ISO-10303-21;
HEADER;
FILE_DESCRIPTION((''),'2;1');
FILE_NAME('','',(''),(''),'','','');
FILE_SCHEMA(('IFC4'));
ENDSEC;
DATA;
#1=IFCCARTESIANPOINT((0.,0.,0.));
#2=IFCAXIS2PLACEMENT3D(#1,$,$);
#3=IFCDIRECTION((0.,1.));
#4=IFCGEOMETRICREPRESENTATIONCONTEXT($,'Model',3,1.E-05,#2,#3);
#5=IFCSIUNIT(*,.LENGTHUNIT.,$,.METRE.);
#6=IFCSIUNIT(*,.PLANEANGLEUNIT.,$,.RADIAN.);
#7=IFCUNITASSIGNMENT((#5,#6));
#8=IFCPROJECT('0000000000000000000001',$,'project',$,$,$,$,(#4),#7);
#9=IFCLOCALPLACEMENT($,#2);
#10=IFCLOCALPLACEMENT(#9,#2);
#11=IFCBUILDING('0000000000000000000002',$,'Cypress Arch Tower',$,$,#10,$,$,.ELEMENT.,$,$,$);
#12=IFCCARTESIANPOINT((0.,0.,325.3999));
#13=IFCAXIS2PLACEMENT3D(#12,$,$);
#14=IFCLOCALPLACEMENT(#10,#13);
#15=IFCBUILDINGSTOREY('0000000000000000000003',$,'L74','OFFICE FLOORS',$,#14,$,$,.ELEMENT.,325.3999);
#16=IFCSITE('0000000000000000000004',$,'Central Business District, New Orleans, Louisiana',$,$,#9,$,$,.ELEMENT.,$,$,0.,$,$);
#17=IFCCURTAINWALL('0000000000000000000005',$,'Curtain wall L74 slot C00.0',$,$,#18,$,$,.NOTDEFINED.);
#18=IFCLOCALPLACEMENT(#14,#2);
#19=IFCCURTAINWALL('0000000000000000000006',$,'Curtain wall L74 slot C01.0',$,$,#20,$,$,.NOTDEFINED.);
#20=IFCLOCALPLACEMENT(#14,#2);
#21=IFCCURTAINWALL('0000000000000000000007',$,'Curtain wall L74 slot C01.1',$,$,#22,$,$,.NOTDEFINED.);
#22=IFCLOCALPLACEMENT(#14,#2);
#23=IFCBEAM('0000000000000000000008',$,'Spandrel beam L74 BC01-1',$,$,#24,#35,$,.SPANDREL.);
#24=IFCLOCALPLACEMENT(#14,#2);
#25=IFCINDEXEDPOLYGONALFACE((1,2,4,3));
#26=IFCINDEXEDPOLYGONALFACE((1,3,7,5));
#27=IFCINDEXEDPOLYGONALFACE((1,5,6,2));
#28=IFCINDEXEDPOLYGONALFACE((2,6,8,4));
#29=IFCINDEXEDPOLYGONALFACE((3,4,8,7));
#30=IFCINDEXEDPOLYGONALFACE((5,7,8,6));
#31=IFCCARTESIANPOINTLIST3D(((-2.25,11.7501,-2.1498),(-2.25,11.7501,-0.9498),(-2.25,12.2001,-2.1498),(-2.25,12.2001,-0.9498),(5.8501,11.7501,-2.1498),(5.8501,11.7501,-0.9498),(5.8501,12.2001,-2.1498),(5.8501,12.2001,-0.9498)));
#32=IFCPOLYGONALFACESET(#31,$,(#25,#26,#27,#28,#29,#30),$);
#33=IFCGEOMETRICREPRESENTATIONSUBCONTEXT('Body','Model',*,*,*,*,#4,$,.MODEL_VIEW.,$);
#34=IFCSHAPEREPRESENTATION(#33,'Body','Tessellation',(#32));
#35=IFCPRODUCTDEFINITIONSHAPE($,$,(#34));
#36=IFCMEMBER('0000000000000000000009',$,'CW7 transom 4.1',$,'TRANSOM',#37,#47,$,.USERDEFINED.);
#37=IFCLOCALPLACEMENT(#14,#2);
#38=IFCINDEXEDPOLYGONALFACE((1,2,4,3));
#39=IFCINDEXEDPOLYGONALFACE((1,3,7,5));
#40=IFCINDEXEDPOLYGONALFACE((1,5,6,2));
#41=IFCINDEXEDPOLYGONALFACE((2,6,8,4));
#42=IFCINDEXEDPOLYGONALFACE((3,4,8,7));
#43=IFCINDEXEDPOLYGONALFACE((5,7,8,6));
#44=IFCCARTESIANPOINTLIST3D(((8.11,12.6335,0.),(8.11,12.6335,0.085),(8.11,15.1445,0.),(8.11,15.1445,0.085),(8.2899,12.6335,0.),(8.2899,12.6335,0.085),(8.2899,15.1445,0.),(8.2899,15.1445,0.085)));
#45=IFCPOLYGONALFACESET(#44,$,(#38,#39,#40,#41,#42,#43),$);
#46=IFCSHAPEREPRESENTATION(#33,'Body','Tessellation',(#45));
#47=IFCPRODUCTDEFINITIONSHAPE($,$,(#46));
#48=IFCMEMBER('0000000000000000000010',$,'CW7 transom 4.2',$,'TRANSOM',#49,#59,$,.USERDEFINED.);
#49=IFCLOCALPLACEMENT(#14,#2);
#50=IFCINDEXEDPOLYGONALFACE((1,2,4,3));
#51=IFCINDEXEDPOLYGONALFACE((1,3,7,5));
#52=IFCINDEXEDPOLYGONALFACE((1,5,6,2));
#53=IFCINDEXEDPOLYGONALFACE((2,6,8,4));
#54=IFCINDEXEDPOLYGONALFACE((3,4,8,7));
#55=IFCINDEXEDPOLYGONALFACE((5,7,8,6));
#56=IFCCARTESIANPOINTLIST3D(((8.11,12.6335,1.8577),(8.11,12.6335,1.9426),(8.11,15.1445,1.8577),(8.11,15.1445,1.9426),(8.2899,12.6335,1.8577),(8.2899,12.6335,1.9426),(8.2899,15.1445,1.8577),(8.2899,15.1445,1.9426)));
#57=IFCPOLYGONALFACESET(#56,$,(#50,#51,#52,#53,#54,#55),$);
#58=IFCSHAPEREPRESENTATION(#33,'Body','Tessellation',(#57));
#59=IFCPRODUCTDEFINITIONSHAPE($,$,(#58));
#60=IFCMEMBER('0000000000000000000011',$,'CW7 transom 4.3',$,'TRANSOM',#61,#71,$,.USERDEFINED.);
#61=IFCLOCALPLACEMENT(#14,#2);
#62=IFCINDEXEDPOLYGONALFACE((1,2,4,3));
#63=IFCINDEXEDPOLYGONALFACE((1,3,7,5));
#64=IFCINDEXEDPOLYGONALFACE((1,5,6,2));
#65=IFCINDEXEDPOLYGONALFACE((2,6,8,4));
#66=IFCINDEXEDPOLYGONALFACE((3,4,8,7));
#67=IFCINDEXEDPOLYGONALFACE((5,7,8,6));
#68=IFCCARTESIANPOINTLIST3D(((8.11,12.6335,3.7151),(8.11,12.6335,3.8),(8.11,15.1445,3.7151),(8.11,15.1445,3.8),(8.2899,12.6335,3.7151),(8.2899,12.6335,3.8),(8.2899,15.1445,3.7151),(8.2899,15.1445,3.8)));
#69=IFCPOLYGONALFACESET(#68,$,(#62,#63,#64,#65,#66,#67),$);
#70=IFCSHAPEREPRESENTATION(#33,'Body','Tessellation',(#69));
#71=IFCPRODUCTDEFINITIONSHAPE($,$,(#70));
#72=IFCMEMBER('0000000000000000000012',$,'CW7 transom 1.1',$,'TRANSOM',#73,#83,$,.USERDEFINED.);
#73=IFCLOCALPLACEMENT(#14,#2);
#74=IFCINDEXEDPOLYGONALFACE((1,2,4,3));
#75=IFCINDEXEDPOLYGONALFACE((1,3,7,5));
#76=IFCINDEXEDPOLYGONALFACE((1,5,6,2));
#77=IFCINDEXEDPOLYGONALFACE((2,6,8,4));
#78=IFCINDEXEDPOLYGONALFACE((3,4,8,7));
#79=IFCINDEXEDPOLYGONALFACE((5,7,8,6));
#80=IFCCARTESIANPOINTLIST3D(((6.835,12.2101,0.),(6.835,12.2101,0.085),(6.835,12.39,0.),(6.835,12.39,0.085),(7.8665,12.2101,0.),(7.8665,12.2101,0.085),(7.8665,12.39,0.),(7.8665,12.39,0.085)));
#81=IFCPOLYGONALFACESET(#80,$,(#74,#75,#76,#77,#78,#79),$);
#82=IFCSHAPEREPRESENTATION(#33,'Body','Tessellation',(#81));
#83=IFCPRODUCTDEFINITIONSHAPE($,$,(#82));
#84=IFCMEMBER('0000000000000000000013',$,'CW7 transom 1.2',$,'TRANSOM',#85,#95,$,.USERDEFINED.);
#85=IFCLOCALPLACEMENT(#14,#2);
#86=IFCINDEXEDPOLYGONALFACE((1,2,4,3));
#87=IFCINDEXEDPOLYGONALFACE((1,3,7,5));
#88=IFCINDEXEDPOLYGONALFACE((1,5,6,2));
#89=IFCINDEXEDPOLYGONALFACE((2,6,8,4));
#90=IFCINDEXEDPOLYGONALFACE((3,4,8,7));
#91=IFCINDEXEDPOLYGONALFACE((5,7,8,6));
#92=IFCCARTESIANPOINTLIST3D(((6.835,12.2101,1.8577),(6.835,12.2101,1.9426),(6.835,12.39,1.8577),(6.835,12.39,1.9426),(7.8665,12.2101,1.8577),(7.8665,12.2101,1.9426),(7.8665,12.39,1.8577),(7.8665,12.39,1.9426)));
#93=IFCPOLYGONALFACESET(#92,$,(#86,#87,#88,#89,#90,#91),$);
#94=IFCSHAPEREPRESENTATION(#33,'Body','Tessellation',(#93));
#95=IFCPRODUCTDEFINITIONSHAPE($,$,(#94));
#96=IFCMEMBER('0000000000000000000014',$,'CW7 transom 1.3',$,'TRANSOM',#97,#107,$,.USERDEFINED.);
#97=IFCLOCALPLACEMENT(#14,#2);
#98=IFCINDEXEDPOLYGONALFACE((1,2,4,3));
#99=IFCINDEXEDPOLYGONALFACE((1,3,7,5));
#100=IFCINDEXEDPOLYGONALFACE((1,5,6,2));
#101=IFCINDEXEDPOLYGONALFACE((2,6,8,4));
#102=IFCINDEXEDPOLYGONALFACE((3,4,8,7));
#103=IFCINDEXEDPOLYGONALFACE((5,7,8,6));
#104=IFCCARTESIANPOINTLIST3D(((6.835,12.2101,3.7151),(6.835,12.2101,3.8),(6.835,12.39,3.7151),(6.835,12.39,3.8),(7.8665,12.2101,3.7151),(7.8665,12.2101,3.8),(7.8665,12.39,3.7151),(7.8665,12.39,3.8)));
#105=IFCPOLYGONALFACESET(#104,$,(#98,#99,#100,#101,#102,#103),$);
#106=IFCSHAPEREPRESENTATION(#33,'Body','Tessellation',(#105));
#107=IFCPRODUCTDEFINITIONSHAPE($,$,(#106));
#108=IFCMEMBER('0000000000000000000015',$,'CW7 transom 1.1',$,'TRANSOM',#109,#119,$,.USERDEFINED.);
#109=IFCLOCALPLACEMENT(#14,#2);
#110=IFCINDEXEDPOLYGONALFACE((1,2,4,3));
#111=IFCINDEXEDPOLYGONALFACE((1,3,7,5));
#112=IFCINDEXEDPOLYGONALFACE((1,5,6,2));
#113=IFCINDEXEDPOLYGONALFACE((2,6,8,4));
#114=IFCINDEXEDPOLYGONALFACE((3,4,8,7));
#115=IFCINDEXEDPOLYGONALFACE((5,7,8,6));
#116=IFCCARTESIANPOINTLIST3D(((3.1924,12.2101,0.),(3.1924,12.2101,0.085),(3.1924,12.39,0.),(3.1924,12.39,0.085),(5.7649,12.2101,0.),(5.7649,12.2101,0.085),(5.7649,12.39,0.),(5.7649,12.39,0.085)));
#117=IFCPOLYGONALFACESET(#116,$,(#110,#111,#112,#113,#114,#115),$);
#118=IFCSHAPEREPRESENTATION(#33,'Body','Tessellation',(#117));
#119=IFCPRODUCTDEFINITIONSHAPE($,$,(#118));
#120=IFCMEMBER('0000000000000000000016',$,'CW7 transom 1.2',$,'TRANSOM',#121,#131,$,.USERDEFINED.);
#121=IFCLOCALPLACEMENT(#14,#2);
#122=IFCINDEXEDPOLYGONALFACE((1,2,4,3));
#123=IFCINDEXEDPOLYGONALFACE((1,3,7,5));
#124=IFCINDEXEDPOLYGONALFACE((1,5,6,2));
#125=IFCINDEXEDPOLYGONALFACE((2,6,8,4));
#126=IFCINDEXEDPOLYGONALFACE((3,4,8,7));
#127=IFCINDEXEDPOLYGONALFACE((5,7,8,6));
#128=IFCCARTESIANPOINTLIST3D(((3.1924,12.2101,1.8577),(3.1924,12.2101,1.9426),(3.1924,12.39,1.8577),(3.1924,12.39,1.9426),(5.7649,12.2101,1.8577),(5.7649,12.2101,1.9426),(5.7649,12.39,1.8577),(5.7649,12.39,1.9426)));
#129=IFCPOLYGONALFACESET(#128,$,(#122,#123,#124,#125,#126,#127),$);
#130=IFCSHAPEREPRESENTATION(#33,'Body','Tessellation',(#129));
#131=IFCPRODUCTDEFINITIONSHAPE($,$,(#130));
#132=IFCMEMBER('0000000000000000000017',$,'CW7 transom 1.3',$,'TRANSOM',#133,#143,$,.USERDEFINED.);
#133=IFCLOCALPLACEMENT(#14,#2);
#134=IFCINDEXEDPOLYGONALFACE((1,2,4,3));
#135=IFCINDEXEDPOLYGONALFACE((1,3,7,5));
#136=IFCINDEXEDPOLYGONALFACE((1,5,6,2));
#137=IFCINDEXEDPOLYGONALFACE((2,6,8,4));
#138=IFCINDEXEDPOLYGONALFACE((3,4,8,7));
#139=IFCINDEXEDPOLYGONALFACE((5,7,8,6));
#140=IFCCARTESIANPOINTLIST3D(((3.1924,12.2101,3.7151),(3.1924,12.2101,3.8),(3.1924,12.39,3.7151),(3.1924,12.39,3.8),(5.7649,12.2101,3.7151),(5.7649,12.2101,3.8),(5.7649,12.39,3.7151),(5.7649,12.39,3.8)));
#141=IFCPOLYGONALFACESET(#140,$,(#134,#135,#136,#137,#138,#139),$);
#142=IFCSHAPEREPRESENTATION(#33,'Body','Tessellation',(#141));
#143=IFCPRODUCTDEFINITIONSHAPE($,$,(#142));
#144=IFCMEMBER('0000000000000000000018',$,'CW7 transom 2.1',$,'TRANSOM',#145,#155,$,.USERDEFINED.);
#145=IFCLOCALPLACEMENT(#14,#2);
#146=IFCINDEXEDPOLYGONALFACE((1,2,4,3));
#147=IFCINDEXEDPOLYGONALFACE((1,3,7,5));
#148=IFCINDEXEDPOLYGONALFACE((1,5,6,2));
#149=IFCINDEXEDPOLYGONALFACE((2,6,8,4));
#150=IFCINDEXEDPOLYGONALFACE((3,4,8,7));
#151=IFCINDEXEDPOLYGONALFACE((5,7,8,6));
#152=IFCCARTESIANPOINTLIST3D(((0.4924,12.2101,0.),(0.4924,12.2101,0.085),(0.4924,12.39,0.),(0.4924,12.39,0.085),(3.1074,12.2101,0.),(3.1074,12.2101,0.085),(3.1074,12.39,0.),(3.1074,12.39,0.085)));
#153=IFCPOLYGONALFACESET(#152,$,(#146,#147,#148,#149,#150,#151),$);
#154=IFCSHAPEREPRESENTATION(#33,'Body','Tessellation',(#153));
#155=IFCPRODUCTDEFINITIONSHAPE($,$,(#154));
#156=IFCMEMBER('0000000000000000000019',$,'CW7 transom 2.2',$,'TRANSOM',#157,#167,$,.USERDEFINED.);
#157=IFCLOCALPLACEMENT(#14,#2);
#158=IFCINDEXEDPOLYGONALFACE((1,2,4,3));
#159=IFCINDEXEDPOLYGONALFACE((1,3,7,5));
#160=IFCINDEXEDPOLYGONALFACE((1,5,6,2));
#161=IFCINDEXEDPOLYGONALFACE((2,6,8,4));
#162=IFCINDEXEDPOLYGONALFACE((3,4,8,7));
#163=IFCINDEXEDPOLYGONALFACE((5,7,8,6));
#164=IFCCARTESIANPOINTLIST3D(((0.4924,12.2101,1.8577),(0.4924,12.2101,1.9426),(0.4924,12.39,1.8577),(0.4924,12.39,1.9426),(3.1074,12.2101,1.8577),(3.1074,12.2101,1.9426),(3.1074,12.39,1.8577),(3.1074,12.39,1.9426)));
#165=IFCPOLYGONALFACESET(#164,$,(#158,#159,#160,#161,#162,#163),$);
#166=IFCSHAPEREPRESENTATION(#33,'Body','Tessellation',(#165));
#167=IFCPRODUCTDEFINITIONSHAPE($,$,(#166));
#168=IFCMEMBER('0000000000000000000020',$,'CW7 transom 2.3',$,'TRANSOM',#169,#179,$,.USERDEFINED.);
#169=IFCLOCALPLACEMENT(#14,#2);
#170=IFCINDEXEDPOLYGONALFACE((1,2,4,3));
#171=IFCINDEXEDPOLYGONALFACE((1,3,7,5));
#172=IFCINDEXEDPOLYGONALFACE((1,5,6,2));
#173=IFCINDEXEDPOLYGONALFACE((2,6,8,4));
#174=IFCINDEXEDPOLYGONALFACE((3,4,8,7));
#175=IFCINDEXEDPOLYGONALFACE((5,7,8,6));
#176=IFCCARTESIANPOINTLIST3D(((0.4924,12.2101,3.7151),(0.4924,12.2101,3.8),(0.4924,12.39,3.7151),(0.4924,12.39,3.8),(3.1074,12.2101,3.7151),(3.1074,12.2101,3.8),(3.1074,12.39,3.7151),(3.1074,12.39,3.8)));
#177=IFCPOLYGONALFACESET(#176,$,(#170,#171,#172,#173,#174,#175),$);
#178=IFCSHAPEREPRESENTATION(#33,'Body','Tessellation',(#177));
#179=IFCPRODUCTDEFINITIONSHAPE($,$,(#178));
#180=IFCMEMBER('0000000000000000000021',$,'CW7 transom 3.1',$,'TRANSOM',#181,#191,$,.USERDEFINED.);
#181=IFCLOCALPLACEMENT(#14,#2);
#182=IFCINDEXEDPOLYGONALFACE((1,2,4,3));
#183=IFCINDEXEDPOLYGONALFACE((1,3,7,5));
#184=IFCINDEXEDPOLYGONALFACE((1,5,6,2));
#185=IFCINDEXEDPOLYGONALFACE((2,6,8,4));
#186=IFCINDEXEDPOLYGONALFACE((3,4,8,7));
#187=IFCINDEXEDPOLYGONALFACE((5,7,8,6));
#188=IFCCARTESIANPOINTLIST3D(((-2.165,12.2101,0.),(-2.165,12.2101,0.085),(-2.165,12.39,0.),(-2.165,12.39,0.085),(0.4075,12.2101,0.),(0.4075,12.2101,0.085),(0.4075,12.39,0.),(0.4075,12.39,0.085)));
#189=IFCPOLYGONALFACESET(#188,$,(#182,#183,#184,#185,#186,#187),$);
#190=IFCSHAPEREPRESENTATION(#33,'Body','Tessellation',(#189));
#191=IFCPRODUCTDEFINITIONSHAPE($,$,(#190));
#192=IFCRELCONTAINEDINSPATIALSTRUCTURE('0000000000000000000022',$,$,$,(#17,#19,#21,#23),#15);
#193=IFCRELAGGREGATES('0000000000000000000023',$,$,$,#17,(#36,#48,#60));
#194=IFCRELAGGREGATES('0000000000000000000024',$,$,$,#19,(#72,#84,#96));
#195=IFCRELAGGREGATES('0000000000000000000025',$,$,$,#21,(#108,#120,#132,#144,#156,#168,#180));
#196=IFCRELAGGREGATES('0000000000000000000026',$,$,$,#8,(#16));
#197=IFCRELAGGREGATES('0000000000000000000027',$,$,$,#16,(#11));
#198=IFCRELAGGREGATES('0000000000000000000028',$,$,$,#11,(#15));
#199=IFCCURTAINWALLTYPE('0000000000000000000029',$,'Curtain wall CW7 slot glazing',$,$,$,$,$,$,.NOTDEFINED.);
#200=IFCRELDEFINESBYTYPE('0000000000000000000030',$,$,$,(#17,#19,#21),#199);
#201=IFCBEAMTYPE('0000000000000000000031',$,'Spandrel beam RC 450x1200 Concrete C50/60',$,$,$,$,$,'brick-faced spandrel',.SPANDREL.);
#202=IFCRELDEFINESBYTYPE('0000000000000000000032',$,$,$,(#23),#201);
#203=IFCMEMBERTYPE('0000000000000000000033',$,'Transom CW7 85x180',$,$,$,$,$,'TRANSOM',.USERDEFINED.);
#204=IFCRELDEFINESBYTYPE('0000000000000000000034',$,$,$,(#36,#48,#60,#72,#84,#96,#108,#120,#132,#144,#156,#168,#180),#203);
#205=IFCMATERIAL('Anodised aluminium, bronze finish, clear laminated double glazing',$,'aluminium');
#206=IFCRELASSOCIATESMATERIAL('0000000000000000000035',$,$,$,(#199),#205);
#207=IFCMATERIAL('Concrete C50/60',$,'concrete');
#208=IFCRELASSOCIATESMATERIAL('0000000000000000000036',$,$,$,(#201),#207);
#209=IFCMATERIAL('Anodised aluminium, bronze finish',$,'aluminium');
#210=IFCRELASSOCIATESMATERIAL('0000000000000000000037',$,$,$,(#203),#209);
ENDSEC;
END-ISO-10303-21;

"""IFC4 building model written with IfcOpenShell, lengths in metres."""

from ifc_helpers import new_model, si_unit, direction, frame, origin, origin_2d, place, context, subcontext, project, spatial, rectangle, extrude, material, material_profile, profile_set, type_object, element, aggregate, save


model = new_model("IFC4")

# Units and contexts
model_context = context("Model", 3, precision=1e-05, world=origin(), true_north=direction((0.0, 1.0)))
body_context = subcontext(model_context, "Body", "Model", "MODEL_VIEW")
ifc_project = project(units=[si_unit("LENGTHUNIT", "METRE"), si_unit("PLANEANGLEUNIT", "RADIAN")], contexts=[model_context])

# Site, building, storey
site_placement = place(None, origin())
site = spatial("IfcSite", under=ifc_project, at=site_placement, Name="Central Business District, New Orleans, Louisiana", CompositionType="ELEMENT", RefElevation=0.0)
building_placement = place(site_placement, origin())
building = spatial("IfcBuilding", under=site, at=building_placement, Name="Cypress Arch Tower", CompositionType="ELEMENT")
storey_placement = place(building_placement, frame((0.0, 0.0, 325.3999)))
storey = spatial("IfcBuildingStorey", under=building, at=storey_placement, Name="L74", Description="OFFICE FLOORS", CompositionType="ELEMENT", Elevation=325.3999)

# Curtain walls
ifc_material_1 = material(Name="Anodised aluminium, bronze finish, clear laminated double glazing", Category="aluminium")
curtain_wall_type = type_object("IfcCurtainWallType", Name="Curtain wall CW7 slot glazing", PredefinedType="NOTDEFINED", material=ifc_material_1)
curtain_wall_1_placement = place(storey_placement, origin())
curtain_wall_1 = element("IfcCurtainWall", 1, at=curtain_wall_1_placement, inside=storey, type_object=curtain_wall_type, Name="Curtain wall L74 slot C00.0", PredefinedType="NOTDEFINED")
curtain_wall_2_placement = place(storey_placement, origin())
curtain_wall_2 = element("IfcCurtainWall", 2, at=curtain_wall_2_placement, inside=storey, type_object=curtain_wall_type, Name="Curtain wall L74 slot C01.0", PredefinedType="NOTDEFINED")
curtain_wall_3_placement = place(storey_placement, origin())
curtain_wall_3 = element("IfcCurtainWall", 3, at=curtain_wall_3_placement, inside=storey, type_object=curtain_wall_type, Name="Curtain wall L74 slot C01.1", PredefinedType="NOTDEFINED")

# Beam
ifc_material_2 = material(Name="Concrete C50/60", Category="concrete")
ifc_material_profile_1 = material_profile(ifc_material_2, rectangle(XDim=0.45, YDim=1.2, at=origin_2d()), Name="RC 450x1200")
ifc_profile_set_1 = profile_set([ifc_material_profile_1], Name="Concrete C50/60")
beam_type_1 = type_object("IfcBeamType", Name="Spandrel beam RC 450x1200 Concrete C50/60", ElementType="brick-faced spandrel", PredefinedType="SPANDREL", material=ifc_profile_set_1)
beam_1_placement = place(storey_placement, frame((5.8501, 11.9751, -1.5498), z_axis=(-1.0, 0.0, 0.0), x_axis=(0.0, -1.0, 0.0)))
element("IfcBeam", 4, at=beam_1_placement, inside=storey, type_object=beam_type_1, Name="Spandrel beam L74 BC01-1", PredefinedType="SPANDREL", context=body_context, shape_type="SweptSolid", body=[
    extrude(rectangle(XDim=0.45, YDim=1.2, at=origin_2d()), origin(), (0.0, 0.0, 1.0), 8.1001),
])

# Members
ifc_material_3 = material(Name="Anodised aluminium, bronze finish", Category="aluminium")
ifc_material_profile_2 = material_profile(ifc_material_3, rectangle(XDim=0.1799, YDim=0.085, at=origin_2d()), Name="Transom 85x180")
ifc_profile_set_2 = profile_set([ifc_material_profile_2], Name="Anodised aluminium, bronze finish")
member_type_1 = type_object("IfcMemberType", Name="Transom CW7 85x180", ElementType="TRANSOM", PredefinedType="USERDEFINED", material=ifc_profile_set_2)
member_1_placement = place(storey_placement, frame((8.2, 15.1445, 0.0425), z_axis=(0.0, -1.0, 0.0), x_axis=(1.0, 0.0, 0.0)))
member_1 = element("IfcMember", 5, at=member_1_placement, type_object=member_type_1, Name="CW7 transom 4.1", ObjectType="TRANSOM", PredefinedType="USERDEFINED", context=body_context, shape_type="SweptSolid", body=[
    extrude(rectangle(XDim=0.1799, YDim=0.085, at=origin_2d()), origin(), (0.0, 0.0, 1.0), 2.511),
])
member_2_placement = place(storey_placement, frame((8.2, 15.1445, 1.9001), z_axis=(0.0, -1.0, 0.0), x_axis=(1.0, 0.0, 0.0)))
member_2 = element("IfcMember", 6, at=member_2_placement, type_object=member_type_1, Name="CW7 transom 4.2", ObjectType="TRANSOM", PredefinedType="USERDEFINED", context=body_context, shape_type="SweptSolid", body=[
    extrude(rectangle(XDim=0.1799, YDim=0.085, at=origin_2d()), origin(), (0.0, 0.0, 1.0), 2.511),
])
member_3_placement = place(storey_placement, frame((8.2, 15.1445, 3.7576), z_axis=(0.0, -1.0, 0.0), x_axis=(1.0, 0.0, 0.0)))
member_3 = element("IfcMember", 7, at=member_3_placement, type_object=member_type_1, Name="CW7 transom 4.3", ObjectType="TRANSOM", PredefinedType="USERDEFINED", context=body_context, shape_type="SweptSolid", body=[
    extrude(rectangle(XDim=0.1799, YDim=0.085, at=origin_2d()), origin(), (0.0, 0.0, 1.0), 2.511),
])
member_4_placement = place(storey_placement, frame((7.8665, 12.3, 0.0425), z_axis=(-1.0, 0.0, 0.0), x_axis=(0.0, -1.0, 0.0)))
member_4 = element("IfcMember", 8, at=member_4_placement, type_object=member_type_1, Name="CW7 transom 1.1", ObjectType="TRANSOM", PredefinedType="USERDEFINED", context=body_context, shape_type="SweptSolid", body=[
    extrude(rectangle(XDim=0.1799, YDim=0.085, at=origin_2d()), origin(), (0.0, 0.0, 1.0), 1.0315),
])
member_5_placement = place(storey_placement, frame((7.8665, 12.3, 1.9001), z_axis=(-1.0, 0.0, 0.0), x_axis=(0.0, -1.0, 0.0)))
member_5 = element("IfcMember", 9, at=member_5_placement, type_object=member_type_1, Name="CW7 transom 1.2", ObjectType="TRANSOM", PredefinedType="USERDEFINED", context=body_context, shape_type="SweptSolid", body=[
    extrude(rectangle(XDim=0.1799, YDim=0.085, at=origin_2d()), origin(), (0.0, 0.0, 1.0), 1.0315),
])
member_6_placement = place(storey_placement, frame((7.8665, 12.3, 3.7576), z_axis=(-1.0, 0.0, 0.0), x_axis=(0.0, -1.0, 0.0)))
member_6 = element("IfcMember", 10, at=member_6_placement, type_object=member_type_1, Name="CW7 transom 1.3", ObjectType="TRANSOM", PredefinedType="USERDEFINED", context=body_context, shape_type="SweptSolid", body=[
    extrude(rectangle(XDim=0.1799, YDim=0.085, at=origin_2d()), origin(), (0.0, 0.0, 1.0), 1.0315),
])
member_7_placement = place(storey_placement, frame((5.7649, 12.3, 0.0425), z_axis=(-1.0, 0.0, 0.0), x_axis=(0.0, -1.0, 0.0)))
member_7 = element("IfcMember", 11, at=member_7_placement, type_object=member_type_1, Name="CW7 transom 1.1", ObjectType="TRANSOM", PredefinedType="USERDEFINED", context=body_context, shape_type="SweptSolid", body=[
    extrude(rectangle(XDim=0.1799, YDim=0.085, at=origin_2d()), origin(), (0.0, 0.0, 1.0), 2.5725),
])
member_8_placement = place(storey_placement, frame((5.7649, 12.3, 1.9001), z_axis=(-1.0, 0.0, 0.0), x_axis=(0.0, -1.0, 0.0)))
member_8 = element("IfcMember", 12, at=member_8_placement, type_object=member_type_1, Name="CW7 transom 1.2", ObjectType="TRANSOM", PredefinedType="USERDEFINED", context=body_context, shape_type="SweptSolid", body=[
    extrude(rectangle(XDim=0.1799, YDim=0.085, at=origin_2d()), origin(), (0.0, 0.0, 1.0), 2.5725),
])
member_9_placement = place(storey_placement, frame((5.7649, 12.3, 3.7576), z_axis=(-1.0, 0.0, 0.0), x_axis=(0.0, -1.0, 0.0)))
member_9 = element("IfcMember", 13, at=member_9_placement, type_object=member_type_1, Name="CW7 transom 1.3", ObjectType="TRANSOM", PredefinedType="USERDEFINED", context=body_context, shape_type="SweptSolid", body=[
    extrude(rectangle(XDim=0.1799, YDim=0.085, at=origin_2d()), origin(), (0.0, 0.0, 1.0), 2.5725),
])
member_10_placement = place(storey_placement, frame((3.1074, 12.3, 0.0425), z_axis=(-1.0, 0.0, 0.0), x_axis=(0.0, -1.0, 0.0)))
member_10 = element("IfcMember", 14, at=member_10_placement, type_object=member_type_1, Name="CW7 transom 2.1", ObjectType="TRANSOM", PredefinedType="USERDEFINED", context=body_context, shape_type="SweptSolid", body=[
    extrude(rectangle(XDim=0.1799, YDim=0.085, at=origin_2d()), origin(), (0.0, 0.0, 1.0), 2.615),
])
member_11_placement = place(storey_placement, frame((3.1074, 12.3, 1.9001), z_axis=(-1.0, 0.0, 0.0), x_axis=(0.0, -1.0, 0.0)))
member_11 = element("IfcMember", 15, at=member_11_placement, type_object=member_type_1, Name="CW7 transom 2.2", ObjectType="TRANSOM", PredefinedType="USERDEFINED", context=body_context, shape_type="SweptSolid", body=[
    extrude(rectangle(XDim=0.1799, YDim=0.085, at=origin_2d()), origin(), (0.0, 0.0, 1.0), 2.615),
])
member_12_placement = place(storey_placement, frame((3.1074, 12.3, 3.7576), z_axis=(-1.0, 0.0, 0.0), x_axis=(0.0, -1.0, 0.0)))
member_12 = element("IfcMember", 16, at=member_12_placement, type_object=member_type_1, Name="CW7 transom 2.3", ObjectType="TRANSOM", PredefinedType="USERDEFINED", context=body_context, shape_type="SweptSolid", body=[
    extrude(rectangle(XDim=0.1799, YDim=0.085, at=origin_2d()), origin(), (0.0, 0.0, 1.0), 2.615),
])
member_13_placement = place(storey_placement, frame((0.4075, 12.3, 0.0425), z_axis=(-1.0, 0.0, 0.0), x_axis=(0.0, -1.0, 0.0)))
member_13 = element("IfcMember", 17, at=member_13_placement, type_object=member_type_1, Name="CW7 transom 3.1", ObjectType="TRANSOM", PredefinedType="USERDEFINED", context=body_context, shape_type="SweptSolid", body=[
    extrude(rectangle(XDim=0.1799, YDim=0.085, at=origin_2d()), origin(), (0.0, 0.0, 1.0), 2.5725),
])

aggregate(curtain_wall_1, [member_1, member_2, member_3])
aggregate(curtain_wall_2, [member_4, member_5, member_6])
aggregate(curtain_wall_3, [member_7, member_8, member_9, member_10, member_11, member_12, member_13])

save(model, "model.ifc")
